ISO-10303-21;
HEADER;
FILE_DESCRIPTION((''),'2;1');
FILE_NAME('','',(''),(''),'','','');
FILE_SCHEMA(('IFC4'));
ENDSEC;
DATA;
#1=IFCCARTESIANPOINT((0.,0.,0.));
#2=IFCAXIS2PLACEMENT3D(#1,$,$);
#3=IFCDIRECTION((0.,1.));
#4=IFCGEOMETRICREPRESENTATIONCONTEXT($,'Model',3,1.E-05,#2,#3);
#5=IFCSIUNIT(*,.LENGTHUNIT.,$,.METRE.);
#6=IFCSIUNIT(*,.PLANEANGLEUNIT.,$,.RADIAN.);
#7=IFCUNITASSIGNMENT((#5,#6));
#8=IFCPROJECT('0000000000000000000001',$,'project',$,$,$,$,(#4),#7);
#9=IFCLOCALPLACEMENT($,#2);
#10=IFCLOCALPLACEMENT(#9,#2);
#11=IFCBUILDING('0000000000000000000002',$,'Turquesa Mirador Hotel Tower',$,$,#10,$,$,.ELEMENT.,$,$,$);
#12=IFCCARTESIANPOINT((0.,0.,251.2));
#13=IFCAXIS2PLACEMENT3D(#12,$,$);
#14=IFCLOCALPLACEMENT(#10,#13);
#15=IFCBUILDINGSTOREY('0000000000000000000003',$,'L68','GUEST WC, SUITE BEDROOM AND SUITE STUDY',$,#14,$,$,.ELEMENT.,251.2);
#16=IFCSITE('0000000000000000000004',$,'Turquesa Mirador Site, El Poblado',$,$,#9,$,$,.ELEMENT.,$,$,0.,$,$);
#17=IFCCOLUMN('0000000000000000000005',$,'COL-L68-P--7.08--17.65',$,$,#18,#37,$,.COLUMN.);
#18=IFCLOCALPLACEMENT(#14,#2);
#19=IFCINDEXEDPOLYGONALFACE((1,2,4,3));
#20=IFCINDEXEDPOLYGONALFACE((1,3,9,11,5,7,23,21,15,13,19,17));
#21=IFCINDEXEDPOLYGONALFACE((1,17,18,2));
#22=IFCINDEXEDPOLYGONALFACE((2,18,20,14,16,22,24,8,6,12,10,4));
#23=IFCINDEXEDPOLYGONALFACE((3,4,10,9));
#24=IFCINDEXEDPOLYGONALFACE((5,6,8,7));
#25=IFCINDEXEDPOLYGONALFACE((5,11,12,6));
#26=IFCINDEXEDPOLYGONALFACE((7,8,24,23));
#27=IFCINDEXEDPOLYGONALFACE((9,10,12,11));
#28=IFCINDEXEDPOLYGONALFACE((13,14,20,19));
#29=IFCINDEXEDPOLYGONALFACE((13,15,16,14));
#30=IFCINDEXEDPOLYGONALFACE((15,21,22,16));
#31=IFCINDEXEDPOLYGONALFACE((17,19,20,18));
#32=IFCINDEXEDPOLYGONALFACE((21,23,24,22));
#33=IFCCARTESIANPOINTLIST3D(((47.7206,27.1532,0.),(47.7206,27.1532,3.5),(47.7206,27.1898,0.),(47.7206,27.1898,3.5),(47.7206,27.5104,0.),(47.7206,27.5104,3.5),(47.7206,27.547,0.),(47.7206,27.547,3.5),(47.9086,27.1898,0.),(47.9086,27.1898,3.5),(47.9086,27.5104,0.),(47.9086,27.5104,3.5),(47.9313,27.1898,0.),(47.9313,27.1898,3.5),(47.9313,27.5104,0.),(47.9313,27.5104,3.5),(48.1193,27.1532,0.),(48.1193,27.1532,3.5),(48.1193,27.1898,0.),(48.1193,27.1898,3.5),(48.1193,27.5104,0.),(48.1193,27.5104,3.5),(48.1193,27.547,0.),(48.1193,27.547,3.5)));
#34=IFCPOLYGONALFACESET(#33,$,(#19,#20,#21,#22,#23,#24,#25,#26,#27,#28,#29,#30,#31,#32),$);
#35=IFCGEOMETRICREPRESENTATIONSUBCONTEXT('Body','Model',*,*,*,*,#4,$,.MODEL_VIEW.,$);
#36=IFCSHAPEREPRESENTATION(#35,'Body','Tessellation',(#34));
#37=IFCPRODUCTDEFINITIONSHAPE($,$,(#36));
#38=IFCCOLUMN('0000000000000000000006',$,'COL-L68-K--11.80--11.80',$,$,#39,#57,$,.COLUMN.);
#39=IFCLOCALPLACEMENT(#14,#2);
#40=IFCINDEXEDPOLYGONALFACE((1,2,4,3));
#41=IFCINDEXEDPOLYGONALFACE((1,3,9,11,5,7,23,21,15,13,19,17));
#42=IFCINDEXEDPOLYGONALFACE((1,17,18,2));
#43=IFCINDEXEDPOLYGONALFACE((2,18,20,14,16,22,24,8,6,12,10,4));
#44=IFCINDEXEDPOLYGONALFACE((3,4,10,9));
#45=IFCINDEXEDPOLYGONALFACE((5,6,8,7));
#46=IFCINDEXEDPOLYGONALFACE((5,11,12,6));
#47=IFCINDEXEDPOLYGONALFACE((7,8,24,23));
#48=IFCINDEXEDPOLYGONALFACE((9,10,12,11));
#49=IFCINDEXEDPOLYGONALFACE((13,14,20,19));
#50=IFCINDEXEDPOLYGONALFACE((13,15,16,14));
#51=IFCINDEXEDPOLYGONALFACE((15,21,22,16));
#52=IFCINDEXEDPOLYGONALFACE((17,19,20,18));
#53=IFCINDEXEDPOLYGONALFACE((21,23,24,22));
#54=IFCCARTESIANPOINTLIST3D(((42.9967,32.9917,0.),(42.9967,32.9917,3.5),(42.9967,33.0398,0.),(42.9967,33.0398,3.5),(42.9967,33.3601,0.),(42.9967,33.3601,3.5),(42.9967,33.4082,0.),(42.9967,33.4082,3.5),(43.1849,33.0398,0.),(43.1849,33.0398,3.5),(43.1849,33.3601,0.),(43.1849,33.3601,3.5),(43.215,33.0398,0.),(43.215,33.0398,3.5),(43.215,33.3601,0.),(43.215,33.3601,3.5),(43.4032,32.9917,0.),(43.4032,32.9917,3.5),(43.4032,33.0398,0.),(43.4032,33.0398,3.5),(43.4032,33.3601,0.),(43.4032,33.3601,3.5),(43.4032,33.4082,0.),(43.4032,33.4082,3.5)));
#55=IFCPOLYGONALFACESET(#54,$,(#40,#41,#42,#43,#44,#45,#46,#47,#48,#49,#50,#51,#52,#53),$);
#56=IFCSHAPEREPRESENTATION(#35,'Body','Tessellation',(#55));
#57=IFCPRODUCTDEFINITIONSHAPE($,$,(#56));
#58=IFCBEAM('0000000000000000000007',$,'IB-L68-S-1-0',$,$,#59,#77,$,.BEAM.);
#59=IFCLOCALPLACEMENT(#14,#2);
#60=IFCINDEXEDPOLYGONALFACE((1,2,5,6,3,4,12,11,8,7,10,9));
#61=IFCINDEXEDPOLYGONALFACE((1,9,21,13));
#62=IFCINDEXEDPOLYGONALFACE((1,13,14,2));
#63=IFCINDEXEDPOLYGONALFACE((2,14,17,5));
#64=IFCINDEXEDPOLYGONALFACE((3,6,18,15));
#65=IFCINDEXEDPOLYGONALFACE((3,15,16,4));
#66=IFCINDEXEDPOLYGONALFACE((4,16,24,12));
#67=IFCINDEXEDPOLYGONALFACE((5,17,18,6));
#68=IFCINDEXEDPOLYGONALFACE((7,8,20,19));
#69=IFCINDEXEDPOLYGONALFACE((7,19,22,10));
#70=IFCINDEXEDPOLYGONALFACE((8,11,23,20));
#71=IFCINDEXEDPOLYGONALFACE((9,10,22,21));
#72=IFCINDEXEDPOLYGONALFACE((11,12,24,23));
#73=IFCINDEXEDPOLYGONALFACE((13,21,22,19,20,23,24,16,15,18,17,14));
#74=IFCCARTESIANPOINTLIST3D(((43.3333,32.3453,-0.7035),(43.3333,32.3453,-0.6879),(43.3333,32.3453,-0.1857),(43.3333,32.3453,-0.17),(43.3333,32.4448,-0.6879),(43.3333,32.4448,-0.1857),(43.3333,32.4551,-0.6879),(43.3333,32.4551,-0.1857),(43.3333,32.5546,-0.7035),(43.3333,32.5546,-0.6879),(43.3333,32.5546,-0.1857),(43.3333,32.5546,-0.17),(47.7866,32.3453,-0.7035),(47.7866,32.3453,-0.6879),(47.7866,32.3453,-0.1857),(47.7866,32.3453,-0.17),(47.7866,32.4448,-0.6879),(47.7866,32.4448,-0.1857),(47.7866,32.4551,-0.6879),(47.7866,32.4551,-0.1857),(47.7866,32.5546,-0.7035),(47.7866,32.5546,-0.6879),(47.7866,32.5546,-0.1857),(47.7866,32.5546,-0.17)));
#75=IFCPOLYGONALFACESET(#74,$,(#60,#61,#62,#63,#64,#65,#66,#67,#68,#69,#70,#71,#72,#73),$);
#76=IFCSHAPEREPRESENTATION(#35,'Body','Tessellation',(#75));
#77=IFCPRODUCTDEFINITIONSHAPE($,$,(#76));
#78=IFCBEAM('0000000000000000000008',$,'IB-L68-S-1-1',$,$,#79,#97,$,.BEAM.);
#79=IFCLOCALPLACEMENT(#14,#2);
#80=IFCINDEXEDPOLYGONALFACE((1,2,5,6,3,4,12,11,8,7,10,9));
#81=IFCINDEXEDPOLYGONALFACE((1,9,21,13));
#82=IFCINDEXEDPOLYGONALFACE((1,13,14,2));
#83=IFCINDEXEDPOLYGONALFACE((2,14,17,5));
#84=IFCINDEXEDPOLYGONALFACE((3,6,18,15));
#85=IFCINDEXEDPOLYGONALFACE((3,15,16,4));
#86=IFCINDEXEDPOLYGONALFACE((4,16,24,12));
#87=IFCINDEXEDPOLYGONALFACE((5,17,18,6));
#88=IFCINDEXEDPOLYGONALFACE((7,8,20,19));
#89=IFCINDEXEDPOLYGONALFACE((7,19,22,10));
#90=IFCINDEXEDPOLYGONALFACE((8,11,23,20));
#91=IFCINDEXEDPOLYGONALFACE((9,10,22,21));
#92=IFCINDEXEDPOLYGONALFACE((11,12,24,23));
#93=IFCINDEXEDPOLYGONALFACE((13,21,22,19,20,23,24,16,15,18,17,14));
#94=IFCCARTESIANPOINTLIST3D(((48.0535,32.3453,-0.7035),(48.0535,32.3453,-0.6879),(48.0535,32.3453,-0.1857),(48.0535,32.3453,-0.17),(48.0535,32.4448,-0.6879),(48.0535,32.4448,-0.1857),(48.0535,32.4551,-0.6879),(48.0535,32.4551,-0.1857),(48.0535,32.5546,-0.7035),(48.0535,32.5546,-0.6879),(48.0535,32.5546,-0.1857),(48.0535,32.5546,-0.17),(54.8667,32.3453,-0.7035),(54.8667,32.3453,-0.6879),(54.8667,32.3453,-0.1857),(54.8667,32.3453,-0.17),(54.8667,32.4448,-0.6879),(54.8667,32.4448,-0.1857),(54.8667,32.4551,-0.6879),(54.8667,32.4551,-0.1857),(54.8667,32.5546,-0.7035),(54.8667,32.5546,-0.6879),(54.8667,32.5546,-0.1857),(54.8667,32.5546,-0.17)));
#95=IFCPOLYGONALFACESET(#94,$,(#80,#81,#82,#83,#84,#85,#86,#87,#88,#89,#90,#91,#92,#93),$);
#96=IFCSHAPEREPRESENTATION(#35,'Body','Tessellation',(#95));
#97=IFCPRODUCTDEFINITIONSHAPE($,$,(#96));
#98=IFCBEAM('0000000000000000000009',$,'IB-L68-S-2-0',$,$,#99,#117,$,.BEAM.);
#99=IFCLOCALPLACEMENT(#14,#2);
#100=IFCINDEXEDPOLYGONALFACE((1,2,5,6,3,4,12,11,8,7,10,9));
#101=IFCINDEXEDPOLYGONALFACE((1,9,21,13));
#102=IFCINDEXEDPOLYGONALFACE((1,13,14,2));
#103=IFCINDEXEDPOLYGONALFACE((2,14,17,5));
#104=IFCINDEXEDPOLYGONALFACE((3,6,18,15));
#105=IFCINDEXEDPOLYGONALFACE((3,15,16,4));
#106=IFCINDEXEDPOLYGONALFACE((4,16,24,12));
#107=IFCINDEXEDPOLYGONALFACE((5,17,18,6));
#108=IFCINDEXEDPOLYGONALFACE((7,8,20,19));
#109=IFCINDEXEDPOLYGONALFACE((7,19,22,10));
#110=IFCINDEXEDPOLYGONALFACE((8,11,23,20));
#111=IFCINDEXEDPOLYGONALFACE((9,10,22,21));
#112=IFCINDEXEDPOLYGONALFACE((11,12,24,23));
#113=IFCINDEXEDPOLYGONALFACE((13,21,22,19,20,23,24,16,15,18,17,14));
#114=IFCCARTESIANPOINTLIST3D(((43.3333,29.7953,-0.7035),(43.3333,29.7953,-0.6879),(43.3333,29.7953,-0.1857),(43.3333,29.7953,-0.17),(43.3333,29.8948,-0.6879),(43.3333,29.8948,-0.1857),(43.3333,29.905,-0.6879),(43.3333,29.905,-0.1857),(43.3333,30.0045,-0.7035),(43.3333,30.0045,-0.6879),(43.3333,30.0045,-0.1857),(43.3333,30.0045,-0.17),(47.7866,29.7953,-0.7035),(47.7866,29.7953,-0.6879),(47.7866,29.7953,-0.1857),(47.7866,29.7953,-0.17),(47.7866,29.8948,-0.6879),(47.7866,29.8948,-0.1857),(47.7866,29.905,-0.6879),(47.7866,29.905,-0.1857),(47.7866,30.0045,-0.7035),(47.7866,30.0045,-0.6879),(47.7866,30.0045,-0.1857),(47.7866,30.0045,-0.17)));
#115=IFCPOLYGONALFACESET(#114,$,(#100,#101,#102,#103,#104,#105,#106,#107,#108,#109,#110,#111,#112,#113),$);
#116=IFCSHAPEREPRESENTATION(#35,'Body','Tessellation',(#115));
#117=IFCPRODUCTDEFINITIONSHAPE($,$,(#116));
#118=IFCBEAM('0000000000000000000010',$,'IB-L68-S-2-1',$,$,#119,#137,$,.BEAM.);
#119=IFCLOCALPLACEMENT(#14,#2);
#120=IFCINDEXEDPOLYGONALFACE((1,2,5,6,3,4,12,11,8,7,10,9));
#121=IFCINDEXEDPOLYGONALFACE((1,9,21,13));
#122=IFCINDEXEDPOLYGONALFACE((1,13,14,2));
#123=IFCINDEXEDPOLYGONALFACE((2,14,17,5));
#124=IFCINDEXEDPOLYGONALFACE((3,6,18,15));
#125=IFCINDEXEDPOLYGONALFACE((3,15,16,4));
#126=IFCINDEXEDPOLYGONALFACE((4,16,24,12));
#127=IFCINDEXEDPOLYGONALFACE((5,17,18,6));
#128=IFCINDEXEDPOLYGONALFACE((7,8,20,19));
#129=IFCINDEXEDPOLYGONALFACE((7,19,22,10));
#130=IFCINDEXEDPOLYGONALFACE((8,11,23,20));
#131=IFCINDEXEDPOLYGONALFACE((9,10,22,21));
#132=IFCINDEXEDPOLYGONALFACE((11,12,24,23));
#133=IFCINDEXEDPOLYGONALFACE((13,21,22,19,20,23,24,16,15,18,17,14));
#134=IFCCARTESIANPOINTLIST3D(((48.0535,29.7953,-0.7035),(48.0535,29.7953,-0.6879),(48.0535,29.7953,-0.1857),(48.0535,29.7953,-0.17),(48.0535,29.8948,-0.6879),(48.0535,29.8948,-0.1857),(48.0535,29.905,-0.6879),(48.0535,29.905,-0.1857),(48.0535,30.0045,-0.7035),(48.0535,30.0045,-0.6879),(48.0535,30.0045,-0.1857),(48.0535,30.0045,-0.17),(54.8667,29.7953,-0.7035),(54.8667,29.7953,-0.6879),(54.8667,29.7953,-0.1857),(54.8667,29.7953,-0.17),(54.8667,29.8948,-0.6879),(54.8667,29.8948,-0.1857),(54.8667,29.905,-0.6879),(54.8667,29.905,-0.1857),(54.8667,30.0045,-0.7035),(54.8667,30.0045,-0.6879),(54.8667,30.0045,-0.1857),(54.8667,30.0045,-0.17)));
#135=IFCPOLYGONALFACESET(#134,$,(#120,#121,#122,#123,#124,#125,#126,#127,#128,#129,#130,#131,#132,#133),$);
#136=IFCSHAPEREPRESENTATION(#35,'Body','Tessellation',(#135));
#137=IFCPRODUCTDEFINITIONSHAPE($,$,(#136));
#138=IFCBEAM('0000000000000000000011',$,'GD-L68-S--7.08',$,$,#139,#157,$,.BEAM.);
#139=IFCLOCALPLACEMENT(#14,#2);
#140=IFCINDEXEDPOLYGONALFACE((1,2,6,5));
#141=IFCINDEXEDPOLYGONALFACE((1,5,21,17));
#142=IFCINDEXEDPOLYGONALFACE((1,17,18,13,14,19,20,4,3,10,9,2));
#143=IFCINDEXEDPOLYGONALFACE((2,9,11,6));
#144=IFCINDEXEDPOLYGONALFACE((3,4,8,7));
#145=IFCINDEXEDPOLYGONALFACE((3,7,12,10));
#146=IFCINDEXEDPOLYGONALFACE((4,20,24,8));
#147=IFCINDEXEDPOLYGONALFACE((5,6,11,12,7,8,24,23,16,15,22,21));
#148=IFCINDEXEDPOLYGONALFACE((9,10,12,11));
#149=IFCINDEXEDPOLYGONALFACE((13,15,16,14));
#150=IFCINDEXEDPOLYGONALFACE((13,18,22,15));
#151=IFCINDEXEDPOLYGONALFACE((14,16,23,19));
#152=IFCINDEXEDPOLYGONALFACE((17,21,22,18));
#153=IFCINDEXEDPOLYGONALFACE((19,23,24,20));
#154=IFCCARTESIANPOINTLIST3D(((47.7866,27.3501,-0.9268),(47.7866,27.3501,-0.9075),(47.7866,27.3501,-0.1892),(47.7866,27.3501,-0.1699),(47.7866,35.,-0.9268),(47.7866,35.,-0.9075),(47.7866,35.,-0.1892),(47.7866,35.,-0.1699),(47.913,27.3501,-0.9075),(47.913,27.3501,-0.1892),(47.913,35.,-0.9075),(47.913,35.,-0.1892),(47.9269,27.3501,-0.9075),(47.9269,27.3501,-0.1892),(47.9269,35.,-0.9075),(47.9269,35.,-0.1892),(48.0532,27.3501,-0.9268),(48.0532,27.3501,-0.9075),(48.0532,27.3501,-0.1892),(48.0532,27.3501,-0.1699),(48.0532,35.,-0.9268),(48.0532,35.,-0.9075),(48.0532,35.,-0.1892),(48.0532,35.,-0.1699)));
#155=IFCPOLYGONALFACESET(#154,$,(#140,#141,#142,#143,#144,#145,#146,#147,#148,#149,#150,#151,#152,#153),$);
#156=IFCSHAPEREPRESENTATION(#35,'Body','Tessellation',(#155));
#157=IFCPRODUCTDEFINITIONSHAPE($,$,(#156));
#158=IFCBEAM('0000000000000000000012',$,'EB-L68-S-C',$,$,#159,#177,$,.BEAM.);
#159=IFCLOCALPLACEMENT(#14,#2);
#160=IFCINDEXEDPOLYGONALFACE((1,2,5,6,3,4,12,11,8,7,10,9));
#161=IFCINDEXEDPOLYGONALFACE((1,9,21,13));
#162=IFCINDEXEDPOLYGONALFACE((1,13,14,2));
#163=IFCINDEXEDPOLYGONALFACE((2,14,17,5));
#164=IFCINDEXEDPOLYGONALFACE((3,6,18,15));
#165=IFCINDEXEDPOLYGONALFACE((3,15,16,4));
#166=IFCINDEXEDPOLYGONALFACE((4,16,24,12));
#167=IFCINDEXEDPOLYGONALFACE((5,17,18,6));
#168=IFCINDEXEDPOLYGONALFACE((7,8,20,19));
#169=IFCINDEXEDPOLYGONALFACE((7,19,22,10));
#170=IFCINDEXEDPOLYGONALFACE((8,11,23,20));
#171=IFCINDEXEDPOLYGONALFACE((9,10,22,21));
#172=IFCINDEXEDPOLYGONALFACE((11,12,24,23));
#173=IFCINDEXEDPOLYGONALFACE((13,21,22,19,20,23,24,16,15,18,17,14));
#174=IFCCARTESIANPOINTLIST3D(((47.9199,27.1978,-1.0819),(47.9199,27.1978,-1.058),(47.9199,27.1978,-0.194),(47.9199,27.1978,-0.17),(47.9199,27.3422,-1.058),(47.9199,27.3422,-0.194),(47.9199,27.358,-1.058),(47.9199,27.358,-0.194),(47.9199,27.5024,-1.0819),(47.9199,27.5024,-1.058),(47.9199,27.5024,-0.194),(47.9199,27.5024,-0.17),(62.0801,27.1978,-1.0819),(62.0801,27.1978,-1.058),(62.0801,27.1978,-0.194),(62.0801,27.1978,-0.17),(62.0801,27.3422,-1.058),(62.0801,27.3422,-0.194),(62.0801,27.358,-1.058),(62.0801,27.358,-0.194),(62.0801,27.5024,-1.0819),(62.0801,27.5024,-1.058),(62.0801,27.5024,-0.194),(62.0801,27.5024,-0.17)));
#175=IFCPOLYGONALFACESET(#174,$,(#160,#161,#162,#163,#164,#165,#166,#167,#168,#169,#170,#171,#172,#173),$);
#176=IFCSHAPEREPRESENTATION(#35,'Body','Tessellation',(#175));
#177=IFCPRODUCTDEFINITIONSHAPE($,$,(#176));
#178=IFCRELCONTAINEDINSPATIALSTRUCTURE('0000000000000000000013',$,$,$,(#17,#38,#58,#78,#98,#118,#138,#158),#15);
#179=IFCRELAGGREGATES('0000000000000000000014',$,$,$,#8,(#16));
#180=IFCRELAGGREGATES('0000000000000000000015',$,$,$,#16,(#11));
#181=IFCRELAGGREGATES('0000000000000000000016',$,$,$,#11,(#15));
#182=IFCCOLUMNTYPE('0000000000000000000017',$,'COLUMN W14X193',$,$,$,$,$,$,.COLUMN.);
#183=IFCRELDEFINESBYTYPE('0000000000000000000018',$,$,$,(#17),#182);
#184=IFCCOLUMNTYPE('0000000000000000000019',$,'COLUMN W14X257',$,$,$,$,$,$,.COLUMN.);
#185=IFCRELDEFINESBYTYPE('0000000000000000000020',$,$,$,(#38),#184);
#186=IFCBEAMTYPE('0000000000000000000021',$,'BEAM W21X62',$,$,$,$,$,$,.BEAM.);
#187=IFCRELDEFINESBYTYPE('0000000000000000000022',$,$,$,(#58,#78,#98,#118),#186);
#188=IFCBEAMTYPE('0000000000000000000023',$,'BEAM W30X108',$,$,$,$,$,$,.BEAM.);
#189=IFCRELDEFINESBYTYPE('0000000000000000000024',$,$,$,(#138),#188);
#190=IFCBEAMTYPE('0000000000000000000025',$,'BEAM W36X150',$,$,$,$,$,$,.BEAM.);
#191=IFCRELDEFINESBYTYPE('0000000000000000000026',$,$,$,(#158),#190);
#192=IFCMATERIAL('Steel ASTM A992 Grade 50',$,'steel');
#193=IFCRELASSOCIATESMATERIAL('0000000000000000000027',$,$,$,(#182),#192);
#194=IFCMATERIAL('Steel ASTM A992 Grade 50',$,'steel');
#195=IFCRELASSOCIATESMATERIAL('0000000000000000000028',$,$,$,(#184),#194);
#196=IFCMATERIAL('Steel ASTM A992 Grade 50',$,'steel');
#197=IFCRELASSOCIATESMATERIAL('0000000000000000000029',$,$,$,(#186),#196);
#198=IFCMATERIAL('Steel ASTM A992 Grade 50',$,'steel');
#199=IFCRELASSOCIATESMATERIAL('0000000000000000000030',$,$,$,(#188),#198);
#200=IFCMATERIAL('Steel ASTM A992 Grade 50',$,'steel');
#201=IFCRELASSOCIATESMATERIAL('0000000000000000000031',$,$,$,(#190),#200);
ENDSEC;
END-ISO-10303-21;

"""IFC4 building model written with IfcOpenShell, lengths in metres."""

from ifc_helpers import new_model, si_unit, direction, frame, origin, origin_2d, place, context, subcontext, project, spatial, i_section, extrude, material, material_profile, profile_set, type_object, element, save


model = new_model("IFC4")

# Units and contexts
model_context = context("Model", 3, precision=1e-05, world=origin(), true_north=direction((0.0, 1.0)))
body_context = subcontext(model_context, "Body", "Model", "MODEL_VIEW")
ifc_project = project(units=[si_unit("LENGTHUNIT", "METRE"), si_unit("PLANEANGLEUNIT", "RADIAN")], contexts=[model_context])

# Site, building, storey
site_placement = place(None, origin())
site = spatial("IfcSite", under=ifc_project, at=site_placement, Name="Turquesa Mirador Site, El Poblado", CompositionType="ELEMENT", RefElevation=0.0)
building_placement = place(site_placement, origin())
building = spatial("IfcBuilding", under=site, at=building_placement, Name="Turquesa Mirador Hotel Tower", CompositionType="ELEMENT")
storey_placement = place(building_placement, frame((0.0, 0.0, 251.2)))
storey = spatial("IfcBuildingStorey", under=building, at=storey_placement, Name="L68", Description="GUEST WC, SUITE BEDROOM AND SUITE STUDY", CompositionType="ELEMENT", Elevation=251.2)

# Columns
ifc_material_1 = material(Name="Steel ASTM A992 Grade 50", Category="steel")
ifc_material_profile_1 = material_profile(ifc_material_1, i_section(OverallWidth=0.3987, OverallDepth=0.3938, WebThickness=0.0227, FlangeThickness=0.0366, at=origin_2d()), Name="W14X193")
ifc_profile_set_1 = profile_set([ifc_material_profile_1], Name="Steel ASTM A992 Grade 50")
column_type_1 = type_object("IfcColumnType", Name="COLUMN W14X193", PredefinedType="COLUMN", material=ifc_profile_set_1)
column_1_placement = place(storey_placement, frame((47.9199, 27.3501, 0.0), z_axis=(0.0, 0.0, 1.0), x_axis=(1.0, 0.0, 0.0)))
element("IfcColumn", 1, at=column_1_placement, inside=storey, type_object=column_type_1, Name="COL-L68-P--7.08--17.65", PredefinedType="COLUMN", context=body_context, shape_type="SweptSolid", body=[
    extrude(i_section(OverallWidth=0.3987, OverallDepth=0.3938, WebThickness=0.0227, FlangeThickness=0.0366, at=origin_2d()), origin(), (0.0, 0.0, 1.0), 3.5),
])
ifc_material_2 = material(Name="Steel ASTM A992 Grade 50", Category="steel")
ifc_material_profile_2 = material_profile(ifc_material_2, i_section(OverallWidth=0.4065, OverallDepth=0.4165, WebThickness=0.03, FlangeThickness=0.0481, at=origin_2d()), Name="W14X257")
ifc_profile_set_2 = profile_set([ifc_material_profile_2], Name="Steel ASTM A992 Grade 50")
column_type_2 = type_object("IfcColumnType", Name="COLUMN W14X257", PredefinedType="COLUMN", material=ifc_profile_set_2)
column_2_placement = place(storey_placement, frame((43.2, 33.2, 0.0), z_axis=(0.0, 0.0, 1.0), x_axis=(1.0, 0.0, 0.0)))
element("IfcColumn", 2, at=column_2_placement, inside=storey, type_object=column_type_2, Name="COL-L68-K--11.80--11.80", PredefinedType="COLUMN", context=body_context, shape_type="SweptSolid", body=[
    extrude(i_section(OverallWidth=0.4065, OverallDepth=0.4165, WebThickness=0.03, FlangeThickness=0.0481, at=origin_2d()), origin(), (0.0, 0.0, 1.0), 3.5),
])

# Beams
ifc_material_3 = material(Name="Steel ASTM A992 Grade 50", Category="steel")
ifc_material_profile_3 = material_profile(ifc_material_3, i_section(OverallWidth=0.2092, OverallDepth=0.5334, WebThickness=0.0103, FlangeThickness=0.0156, at=origin_2d()), Name="W21X62")
ifc_profile_set_3 = profile_set([ifc_material_profile_3], Name="Steel ASTM A992 Grade 50")
beam_type_1 = type_object("IfcBeamType", Name="BEAM W21X62", PredefinedType="BEAM", material=ifc_profile_set_3)
beam_1_placement = place(storey_placement, frame((43.3333, 32.45, -0.4368), z_axis=(1.0, 0.0, 0.0), x_axis=(0.0, 1.0, 0.0)))
element("IfcBeam", 3, at=beam_1_placement, inside=storey, type_object=beam_type_1, Name="IB-L68-S-1-0", PredefinedType="BEAM", context=body_context, shape_type="SweptSolid", body=[
    extrude(i_section(OverallWidth=0.2092, OverallDepth=0.5334, WebThickness=0.0103, FlangeThickness=0.0156, at=origin_2d()), origin(), (0.0, 0.0, 1.0), 4.4534),
])
beam_2_placement = place(storey_placement, frame((48.0535, 32.45, -0.4368), z_axis=(1.0, 0.0, 0.0), x_axis=(0.0, 1.0, 0.0)))
element("IfcBeam", 4, at=beam_2_placement, inside=storey, type_object=beam_type_1, Name="IB-L68-S-1-1", PredefinedType="BEAM", context=body_context, shape_type="SweptSolid", body=[
    extrude(i_section(OverallWidth=0.2092, OverallDepth=0.5334, WebThickness=0.0103, FlangeThickness=0.0156, at=origin_2d()), origin(), (0.0, 0.0, 1.0), 6.8132),
])
beam_3_placement = place(storey_placement, frame((43.3333, 29.8999, -0.4368), z_axis=(1.0, 0.0, 0.0), x_axis=(0.0, 1.0, 0.0)))
element("IfcBeam", 5, at=beam_3_placement, inside=storey, type_object=beam_type_1, Name="IB-L68-S-2-0", PredefinedType="BEAM", context=body_context, shape_type="SweptSolid", body=[
    extrude(i_section(OverallWidth=0.2092, OverallDepth=0.5334, WebThickness=0.0103, FlangeThickness=0.0156, at=origin_2d()), origin(), (0.0, 0.0, 1.0), 4.4534),
])
beam_4_placement = place(storey_placement, frame((48.0535, 29.8999, -0.4368), z_axis=(1.0, 0.0, 0.0), x_axis=(0.0, 1.0, 0.0)))
element("IfcBeam", 6, at=beam_4_placement, inside=storey, type_object=beam_type_1, Name="IB-L68-S-2-1", PredefinedType="BEAM", context=body_context, shape_type="SweptSolid", body=[
    extrude(i_section(OverallWidth=0.2092, OverallDepth=0.5334, WebThickness=0.0103, FlangeThickness=0.0156, at=origin_2d()), origin(), (0.0, 0.0, 1.0), 6.8132),
])
ifc_material_4 = material(Name="Steel ASTM A992 Grade 50", Category="steel")
ifc_material_profile_4 = material_profile(ifc_material_4, i_section(OverallWidth=0.2666, OverallDepth=0.7568, WebThickness=0.0139, FlangeThickness=0.0193, at=origin_2d()), Name="W30X108")
ifc_profile_set_4 = profile_set([ifc_material_profile_4], Name="Steel ASTM A992 Grade 50")
beam_type_2 = type_object("IfcBeamType", Name="BEAM W30X108", PredefinedType="BEAM", material=ifc_profile_set_4)
beam_5_placement = place(storey_placement, frame((47.9199, 27.3501, -0.5483), z_axis=(0.0, 1.0, 0.0), x_axis=(-1.0, 0.0, 0.0)))
element("IfcBeam", 7, at=beam_5_placement, inside=storey, type_object=beam_type_2, Name="GD-L68-S--7.08", PredefinedType="BEAM", context=body_context, shape_type="SweptSolid", body=[
    extrude(i_section(OverallWidth=0.2666, OverallDepth=0.7568, WebThickness=0.0139, FlangeThickness=0.0193, at=origin_2d()), origin(), (0.0, 0.0, 1.0), 7.6499),
])
ifc_material_5 = material(Name="Steel ASTM A992 Grade 50", Category="steel")
ifc_material_profile_5 = material_profile(ifc_material_5, i_section(OverallWidth=0.3047, OverallDepth=0.9119, WebThickness=0.0159, FlangeThickness=0.0239, at=origin_2d()), Name="W36X150")
ifc_profile_set_5 = profile_set([ifc_material_profile_5], Name="Steel ASTM A992 Grade 50")
beam_type_3 = type_object("IfcBeamType", Name="BEAM W36X150", PredefinedType="BEAM", material=ifc_profile_set_5)
beam_6_placement = place(storey_placement, frame((47.9199, 27.3501, -0.626), z_axis=(1.0, 0.0, 0.0), x_axis=(0.0, 1.0, 0.0)))
element("IfcBeam", 8, at=beam_6_placement, inside=storey, type_object=beam_type_3, Name="EB-L68-S-C", PredefinedType="BEAM", context=body_context, shape_type="SweptSolid", body=[
    extrude(i_section(OverallWidth=0.3047, OverallDepth=0.9119, WebThickness=0.0159, FlangeThickness=0.0239, at=origin_2d()), origin(), (0.0, 0.0, 1.0), 14.1602),
])

save(model, "model.ifc")
